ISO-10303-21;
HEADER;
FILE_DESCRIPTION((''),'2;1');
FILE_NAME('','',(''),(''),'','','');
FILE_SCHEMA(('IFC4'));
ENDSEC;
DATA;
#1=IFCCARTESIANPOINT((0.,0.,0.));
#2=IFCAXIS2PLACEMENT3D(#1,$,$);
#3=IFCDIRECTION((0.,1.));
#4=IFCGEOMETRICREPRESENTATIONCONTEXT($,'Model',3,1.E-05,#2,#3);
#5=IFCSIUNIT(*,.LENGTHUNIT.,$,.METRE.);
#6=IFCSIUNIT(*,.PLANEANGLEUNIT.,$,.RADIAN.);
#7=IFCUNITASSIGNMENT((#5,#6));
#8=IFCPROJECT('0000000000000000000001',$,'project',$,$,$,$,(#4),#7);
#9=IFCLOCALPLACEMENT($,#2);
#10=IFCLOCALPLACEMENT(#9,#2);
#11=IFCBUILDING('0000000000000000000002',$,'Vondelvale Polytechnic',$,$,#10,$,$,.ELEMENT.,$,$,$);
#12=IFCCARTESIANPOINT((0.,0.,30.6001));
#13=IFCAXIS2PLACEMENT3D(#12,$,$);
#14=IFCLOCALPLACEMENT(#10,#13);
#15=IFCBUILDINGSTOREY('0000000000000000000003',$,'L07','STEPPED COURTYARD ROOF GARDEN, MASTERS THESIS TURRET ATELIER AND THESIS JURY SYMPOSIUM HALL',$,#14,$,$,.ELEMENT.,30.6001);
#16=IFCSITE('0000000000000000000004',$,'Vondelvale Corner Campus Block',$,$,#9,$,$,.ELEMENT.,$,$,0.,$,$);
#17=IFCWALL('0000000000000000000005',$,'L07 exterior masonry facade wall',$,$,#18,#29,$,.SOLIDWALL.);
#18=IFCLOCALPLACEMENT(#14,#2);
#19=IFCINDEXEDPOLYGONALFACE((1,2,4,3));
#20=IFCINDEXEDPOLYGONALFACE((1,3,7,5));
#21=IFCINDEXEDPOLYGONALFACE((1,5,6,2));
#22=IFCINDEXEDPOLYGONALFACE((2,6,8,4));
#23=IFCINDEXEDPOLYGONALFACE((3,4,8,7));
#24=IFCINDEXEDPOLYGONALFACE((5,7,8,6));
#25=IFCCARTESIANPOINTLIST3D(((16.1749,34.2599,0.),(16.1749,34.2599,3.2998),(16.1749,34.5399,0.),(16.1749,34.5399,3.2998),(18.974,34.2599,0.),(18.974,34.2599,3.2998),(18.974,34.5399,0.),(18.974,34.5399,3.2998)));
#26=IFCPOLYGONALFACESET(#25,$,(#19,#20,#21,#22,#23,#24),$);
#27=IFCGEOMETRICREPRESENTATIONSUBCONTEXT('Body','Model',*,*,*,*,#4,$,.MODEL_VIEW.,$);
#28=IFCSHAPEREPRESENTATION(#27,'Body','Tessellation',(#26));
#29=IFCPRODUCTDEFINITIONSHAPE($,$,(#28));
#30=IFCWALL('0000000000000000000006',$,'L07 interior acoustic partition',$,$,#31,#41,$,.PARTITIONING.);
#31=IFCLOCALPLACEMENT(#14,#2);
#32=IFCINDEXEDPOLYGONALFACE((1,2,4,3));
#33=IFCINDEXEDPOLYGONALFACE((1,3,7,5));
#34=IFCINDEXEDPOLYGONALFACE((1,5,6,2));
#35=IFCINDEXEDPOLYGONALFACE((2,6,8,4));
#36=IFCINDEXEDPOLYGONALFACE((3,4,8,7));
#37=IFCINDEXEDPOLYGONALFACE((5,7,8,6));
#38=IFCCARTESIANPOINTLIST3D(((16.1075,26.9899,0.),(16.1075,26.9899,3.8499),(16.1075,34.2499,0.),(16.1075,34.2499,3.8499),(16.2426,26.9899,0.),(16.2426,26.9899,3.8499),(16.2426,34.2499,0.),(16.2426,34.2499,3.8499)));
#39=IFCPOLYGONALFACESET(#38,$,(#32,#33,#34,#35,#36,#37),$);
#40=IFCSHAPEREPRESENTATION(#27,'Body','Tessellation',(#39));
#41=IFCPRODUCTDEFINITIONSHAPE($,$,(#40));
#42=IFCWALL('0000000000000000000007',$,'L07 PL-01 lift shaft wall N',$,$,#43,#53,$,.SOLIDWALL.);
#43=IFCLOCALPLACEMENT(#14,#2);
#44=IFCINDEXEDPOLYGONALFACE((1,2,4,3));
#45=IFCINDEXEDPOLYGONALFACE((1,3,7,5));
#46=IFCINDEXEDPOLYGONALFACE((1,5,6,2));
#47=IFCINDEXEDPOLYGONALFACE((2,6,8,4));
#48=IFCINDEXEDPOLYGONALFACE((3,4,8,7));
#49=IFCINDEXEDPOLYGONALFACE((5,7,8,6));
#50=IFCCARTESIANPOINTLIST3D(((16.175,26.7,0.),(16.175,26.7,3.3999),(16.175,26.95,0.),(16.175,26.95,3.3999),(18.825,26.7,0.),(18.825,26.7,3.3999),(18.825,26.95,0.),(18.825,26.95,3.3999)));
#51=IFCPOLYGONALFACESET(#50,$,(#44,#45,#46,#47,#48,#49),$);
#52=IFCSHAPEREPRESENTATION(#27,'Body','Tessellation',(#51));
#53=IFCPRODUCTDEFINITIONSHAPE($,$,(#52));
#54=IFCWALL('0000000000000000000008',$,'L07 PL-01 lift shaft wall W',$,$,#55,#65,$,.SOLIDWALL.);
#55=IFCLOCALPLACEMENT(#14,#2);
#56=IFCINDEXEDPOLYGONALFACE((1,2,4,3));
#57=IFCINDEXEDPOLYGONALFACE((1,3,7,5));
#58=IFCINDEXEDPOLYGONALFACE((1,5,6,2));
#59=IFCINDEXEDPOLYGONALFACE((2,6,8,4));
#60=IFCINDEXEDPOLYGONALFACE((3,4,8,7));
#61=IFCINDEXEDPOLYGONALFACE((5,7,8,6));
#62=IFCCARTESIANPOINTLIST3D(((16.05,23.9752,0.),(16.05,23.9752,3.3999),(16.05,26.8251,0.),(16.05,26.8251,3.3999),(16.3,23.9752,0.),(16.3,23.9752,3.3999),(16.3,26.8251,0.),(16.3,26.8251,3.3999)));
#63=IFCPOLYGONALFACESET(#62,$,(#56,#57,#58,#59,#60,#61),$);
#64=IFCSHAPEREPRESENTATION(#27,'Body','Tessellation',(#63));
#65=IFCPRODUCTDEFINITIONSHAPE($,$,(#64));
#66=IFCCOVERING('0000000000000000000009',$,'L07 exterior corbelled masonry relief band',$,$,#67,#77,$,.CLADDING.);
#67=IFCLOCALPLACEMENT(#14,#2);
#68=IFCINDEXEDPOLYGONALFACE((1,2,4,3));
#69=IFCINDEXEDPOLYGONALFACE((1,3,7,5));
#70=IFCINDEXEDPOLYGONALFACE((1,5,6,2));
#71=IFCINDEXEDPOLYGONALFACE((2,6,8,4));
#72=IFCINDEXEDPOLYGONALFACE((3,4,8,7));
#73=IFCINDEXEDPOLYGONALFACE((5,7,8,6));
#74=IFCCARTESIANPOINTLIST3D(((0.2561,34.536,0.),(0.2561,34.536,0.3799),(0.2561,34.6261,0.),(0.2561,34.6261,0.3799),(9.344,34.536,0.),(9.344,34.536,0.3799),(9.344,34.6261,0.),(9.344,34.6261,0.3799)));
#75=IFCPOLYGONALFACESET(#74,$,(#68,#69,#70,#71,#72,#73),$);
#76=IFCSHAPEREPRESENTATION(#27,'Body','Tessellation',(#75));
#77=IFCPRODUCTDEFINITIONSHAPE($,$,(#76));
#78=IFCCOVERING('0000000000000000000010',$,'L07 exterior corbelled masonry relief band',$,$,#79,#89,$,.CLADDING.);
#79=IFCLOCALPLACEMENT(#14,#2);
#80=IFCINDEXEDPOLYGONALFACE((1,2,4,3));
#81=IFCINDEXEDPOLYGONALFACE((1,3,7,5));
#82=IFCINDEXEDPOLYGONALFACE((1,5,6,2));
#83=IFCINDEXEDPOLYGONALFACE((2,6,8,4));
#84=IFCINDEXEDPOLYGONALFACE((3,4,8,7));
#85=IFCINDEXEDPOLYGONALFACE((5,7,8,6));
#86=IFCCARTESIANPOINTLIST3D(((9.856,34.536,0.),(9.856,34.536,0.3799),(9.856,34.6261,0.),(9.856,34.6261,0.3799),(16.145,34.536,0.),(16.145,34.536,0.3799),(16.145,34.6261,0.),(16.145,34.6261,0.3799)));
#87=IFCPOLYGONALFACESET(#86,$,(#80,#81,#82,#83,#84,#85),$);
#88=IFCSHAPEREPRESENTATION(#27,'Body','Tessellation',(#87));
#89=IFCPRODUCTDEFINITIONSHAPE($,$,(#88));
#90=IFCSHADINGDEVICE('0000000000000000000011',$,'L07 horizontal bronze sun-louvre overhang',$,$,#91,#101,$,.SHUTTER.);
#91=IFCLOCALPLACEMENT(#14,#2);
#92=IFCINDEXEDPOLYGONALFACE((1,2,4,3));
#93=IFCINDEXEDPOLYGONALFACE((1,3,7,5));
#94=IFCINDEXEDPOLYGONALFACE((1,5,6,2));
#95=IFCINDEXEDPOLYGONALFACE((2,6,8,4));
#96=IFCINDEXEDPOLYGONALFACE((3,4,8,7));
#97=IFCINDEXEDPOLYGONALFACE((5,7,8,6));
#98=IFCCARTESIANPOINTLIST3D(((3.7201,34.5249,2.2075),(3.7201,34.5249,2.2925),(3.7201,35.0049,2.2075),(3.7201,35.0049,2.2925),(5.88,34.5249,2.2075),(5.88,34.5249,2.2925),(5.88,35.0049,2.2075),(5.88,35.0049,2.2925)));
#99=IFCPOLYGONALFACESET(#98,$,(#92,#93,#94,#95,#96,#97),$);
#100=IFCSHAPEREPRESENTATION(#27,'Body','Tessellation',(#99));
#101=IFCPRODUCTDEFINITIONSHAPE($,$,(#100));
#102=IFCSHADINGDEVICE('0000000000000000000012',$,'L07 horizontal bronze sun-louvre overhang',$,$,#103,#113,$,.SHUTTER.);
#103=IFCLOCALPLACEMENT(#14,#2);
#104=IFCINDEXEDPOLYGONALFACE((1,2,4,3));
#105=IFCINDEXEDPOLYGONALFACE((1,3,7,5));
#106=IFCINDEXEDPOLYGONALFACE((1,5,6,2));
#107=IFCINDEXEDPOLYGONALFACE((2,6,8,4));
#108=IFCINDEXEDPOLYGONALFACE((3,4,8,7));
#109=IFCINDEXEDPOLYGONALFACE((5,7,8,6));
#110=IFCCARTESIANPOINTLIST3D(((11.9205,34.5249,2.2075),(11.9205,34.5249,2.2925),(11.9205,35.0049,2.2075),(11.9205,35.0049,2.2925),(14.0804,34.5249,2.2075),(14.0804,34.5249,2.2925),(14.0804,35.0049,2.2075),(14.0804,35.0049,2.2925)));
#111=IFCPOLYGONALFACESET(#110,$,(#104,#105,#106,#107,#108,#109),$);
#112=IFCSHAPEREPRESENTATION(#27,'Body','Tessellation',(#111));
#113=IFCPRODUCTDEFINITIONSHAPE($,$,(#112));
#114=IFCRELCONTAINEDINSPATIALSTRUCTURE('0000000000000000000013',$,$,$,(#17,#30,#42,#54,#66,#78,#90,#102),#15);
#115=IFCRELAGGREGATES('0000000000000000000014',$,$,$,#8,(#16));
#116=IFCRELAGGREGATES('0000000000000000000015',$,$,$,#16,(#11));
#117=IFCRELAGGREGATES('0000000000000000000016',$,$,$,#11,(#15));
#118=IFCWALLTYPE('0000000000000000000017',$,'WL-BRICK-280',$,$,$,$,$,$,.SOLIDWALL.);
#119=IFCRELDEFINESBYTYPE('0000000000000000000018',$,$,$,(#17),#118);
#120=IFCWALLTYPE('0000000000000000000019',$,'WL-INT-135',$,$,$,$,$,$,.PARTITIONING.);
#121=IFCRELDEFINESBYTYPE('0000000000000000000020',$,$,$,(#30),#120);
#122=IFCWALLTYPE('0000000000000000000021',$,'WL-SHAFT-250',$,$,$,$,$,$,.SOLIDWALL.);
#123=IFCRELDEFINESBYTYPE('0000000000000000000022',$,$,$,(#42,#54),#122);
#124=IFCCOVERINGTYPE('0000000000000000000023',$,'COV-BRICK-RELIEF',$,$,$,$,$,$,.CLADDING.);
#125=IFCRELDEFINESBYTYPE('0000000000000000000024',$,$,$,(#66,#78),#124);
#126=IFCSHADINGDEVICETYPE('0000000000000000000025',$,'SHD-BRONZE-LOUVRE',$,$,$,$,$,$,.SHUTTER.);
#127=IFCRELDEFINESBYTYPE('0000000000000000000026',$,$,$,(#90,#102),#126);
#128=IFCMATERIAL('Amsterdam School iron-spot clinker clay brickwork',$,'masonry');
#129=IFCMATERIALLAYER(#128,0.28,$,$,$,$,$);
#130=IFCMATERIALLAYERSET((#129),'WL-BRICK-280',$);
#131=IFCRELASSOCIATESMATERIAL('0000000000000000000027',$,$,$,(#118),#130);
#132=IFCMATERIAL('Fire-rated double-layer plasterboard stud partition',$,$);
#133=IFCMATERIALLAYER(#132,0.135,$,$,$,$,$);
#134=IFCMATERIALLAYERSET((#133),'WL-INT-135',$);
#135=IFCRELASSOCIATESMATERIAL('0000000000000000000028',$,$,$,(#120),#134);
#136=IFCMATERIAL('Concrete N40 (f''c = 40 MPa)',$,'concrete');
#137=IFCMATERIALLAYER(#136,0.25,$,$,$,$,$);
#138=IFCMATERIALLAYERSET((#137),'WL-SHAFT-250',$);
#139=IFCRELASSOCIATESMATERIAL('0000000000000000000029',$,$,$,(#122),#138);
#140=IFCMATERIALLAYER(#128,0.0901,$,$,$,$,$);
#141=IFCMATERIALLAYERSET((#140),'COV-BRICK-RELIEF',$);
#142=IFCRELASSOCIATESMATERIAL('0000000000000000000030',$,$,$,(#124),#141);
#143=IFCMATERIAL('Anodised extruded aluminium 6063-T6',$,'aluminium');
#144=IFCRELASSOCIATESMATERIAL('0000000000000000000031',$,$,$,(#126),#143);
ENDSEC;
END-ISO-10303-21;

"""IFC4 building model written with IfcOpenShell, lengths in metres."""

from ifc_helpers import new_model, si_unit, direction, frame, frame_2d, origin, origin_2d, place, context, subcontext, project, spatial, rectangle, extrude, material, layer, layer_set, type_object, element, save


model = new_model("IFC4")

# Units and contexts
model_context = context("Model", 3, precision=1e-05, world=origin(), true_north=direction((0.0, 1.0)))
body_context = subcontext(model_context, "Body", "Model", "MODEL_VIEW")
ifc_project = project(units=[si_unit("LENGTHUNIT", "METRE"), si_unit("PLANEANGLEUNIT", "RADIAN")], contexts=[model_context])

# Site, building, storey
site_placement = place(None, origin())
site = spatial("IfcSite", under=ifc_project, at=site_placement, Name="Vondelvale Corner Campus Block", CompositionType="ELEMENT", RefElevation=0.0)
building_placement = place(site_placement, origin())
building = spatial("IfcBuilding", under=site, at=building_placement, Name="Vondelvale Polytechnic", CompositionType="ELEMENT")
storey_placement = place(building_placement, frame((0.0, 0.0, 30.6001)))
storey = spatial("IfcBuildingStorey", under=building, at=storey_placement, Name="L07", Description="STEPPED COURTYARD ROOF GARDEN, MASTERS THESIS TURRET ATELIER AND THESIS JURY SYMPOSIUM HALL", CompositionType="ELEMENT", Elevation=30.6001)

# Shared definitions
ifc_material_1 = material(Name="Concrete N40 (f'c = 40 MPa)", Category="concrete")

# Shared definitions
ifc_material_2 = material(Name="Amsterdam School iron-spot clinker clay brickwork", Category="masonry")
ifc_layer_1 = layer(ifc_material_2, 0.28)
ifc_layer_set_1 = layer_set([ifc_layer_1], Name="WL-BRICK-280")
wall_type_1 = type_object("IfcWallType", Name="WL-BRICK-280", PredefinedType="SOLIDWALL", material=ifc_layer_set_1)

# Walls
wall_1_placement = place(storey_placement, frame((16.175, 34.3999, 0.0), z_axis=(0.0, 0.0, 1.0), x_axis=(1.0, 0.0, 0.0)))
element("IfcWall", 1, at=wall_1_placement, inside=storey, type_object=wall_type_1, Name="L07 exterior masonry facade wall", PredefinedType="SOLIDWALL", context=body_context, shape_type="SweptSolid", body=[
    extrude(rectangle(XDim=2.7991, YDim=0.28, at=frame_2d((1.3994, 0.0))), origin(), (0.0, 0.0, 1.0), 3.2998),
])
ifc_material_3 = material(Name="Fire-rated double-layer plasterboard stud partition")
ifc_layer_2 = layer(ifc_material_3, 0.135)
ifc_layer_set_2 = layer_set([ifc_layer_2], Name="WL-INT-135")
wall_type_2 = type_object("IfcWallType", Name="WL-INT-135", PredefinedType="PARTITIONING", material=ifc_layer_set_2)
wall_2_placement = place(storey_placement, frame((16.175, 26.99, 0.0), z_axis=(0.0, 0.0, 1.0), x_axis=(0.0, 1.0, 0.0)))
element("IfcWall", 2, at=wall_2_placement, inside=storey, type_object=wall_type_2, Name="L07 interior acoustic partition", PredefinedType="PARTITIONING", context=body_context, shape_type="SweptSolid", body=[
    extrude(rectangle(XDim=7.26, YDim=0.135, at=frame_2d((3.6299, 0.0))), origin(), (0.0, 0.0, 1.0), 3.8499),
])
ifc_layer_3 = layer(ifc_material_1, 0.25)
ifc_layer_set_3 = layer_set([ifc_layer_3], Name="WL-SHAFT-250")
wall_type_3 = type_object("IfcWallType", Name="WL-SHAFT-250", PredefinedType="SOLIDWALL", material=ifc_layer_set_3)
wall_3_placement = place(storey_placement, frame((18.825, 26.825, 0.0), z_axis=(0.0, 0.0, 1.0), x_axis=(-1.0, 0.0, 0.0)))
element("IfcWall", 3, at=wall_3_placement, inside=storey, type_object=wall_type_3, Name="L07 PL-01 lift shaft wall N", PredefinedType="SOLIDWALL", context=body_context, shape_type="SweptSolid", body=[
    extrude(rectangle(XDim=2.6499, YDim=0.25, at=frame_2d((1.325, 0.0))), origin(), (0.0, 0.0, 1.0), 3.3999),
])
wall_4_placement = place(storey_placement, frame((16.175, 26.825, 0.0), z_axis=(0.0, 0.0, 1.0), x_axis=(0.0, -1.0, 0.0)))
element("IfcWall", 4, at=wall_4_placement, inside=storey, type_object=wall_type_3, Name="L07 PL-01 lift shaft wall W", PredefinedType="SOLIDWALL", context=body_context, shape_type="SweptSolid", body=[
    extrude(rectangle(XDim=2.8499, YDim=0.25, at=frame_2d((1.4248, 0.0))), origin(), (0.0, 0.0, 1.0), 3.3999),
])

# Coverings
ifc_layer_4 = layer(ifc_material_2, 0.0901)
ifc_layer_set_4 = layer_set([ifc_layer_4], Name="COV-BRICK-RELIEF")
covering_type = type_object("IfcCoveringType", Name="COV-BRICK-RELIEF", PredefinedType="CLADDING", material=ifc_layer_set_4)
covering_1_placement = place(storey_placement, frame((4.8, 34.5811, 0.0), z_axis=(0.0, 0.0, 1.0), x_axis=(1.0, 0.0, 0.0)))
element("IfcCovering", 5, at=covering_1_placement, inside=storey, type_object=covering_type, Name="L07 exterior corbelled masonry relief band", PredefinedType="CLADDING", context=body_context, shape_type="SweptSolid", body=[
    extrude(rectangle(XDim=9.0879, YDim=0.0901, at=origin_2d()), origin(), (0.0, 0.0, 1.0), 0.3799),
])
covering_2_placement = place(storey_placement, frame((13.0005, 34.5811, 0.0), z_axis=(0.0, 0.0, 1.0), x_axis=(1.0, 0.0, 0.0)))
element("IfcCovering", 6, at=covering_2_placement, inside=storey, type_object=covering_type, Name="L07 exterior corbelled masonry relief band", PredefinedType="CLADDING", context=body_context, shape_type="SweptSolid", body=[
    extrude(rectangle(XDim=6.2891, YDim=0.0901, at=origin_2d()), origin(), (0.0, 0.0, 1.0), 0.3799),
])

# Shading devices
ifc_material_4 = material(Name="Anodised extruded aluminium 6063-T6", Category="aluminium")
shading_device_type = type_object("IfcShadingDeviceType", Name="SHD-BRONZE-LOUVRE", PredefinedType="SHUTTER", material=ifc_material_4)
for number, where, z_axis, x_axis, name in (
    (7, (4.8, 34.7649, 2.2075), (0.0, 0.0, 1.0), (1.0, 0.0, 0.0), "L07 horizontal bronze sun-louvre overhang"),
    (8, (13.0005, 34.7649, 2.2075), (0.0, 0.0, 1.0), (1.0, 0.0, 0.0), "L07 horizontal bronze sun-louvre overhang"),
):
    element("IfcShadingDevice", number, at=place(storey_placement, frame(where, z_axis=z_axis, x_axis=x_axis)), inside=storey, type_object=shading_device_type, Name=name, PredefinedType="SHUTTER", context=body_context, shape_type="SweptSolid", body=[
        extrude(rectangle(XDim=2.1599, YDim=0.48, at=origin_2d()), origin(), (0.0, 0.0, 1.0), 0.085),
    ])

save(model, "model.ifc")
